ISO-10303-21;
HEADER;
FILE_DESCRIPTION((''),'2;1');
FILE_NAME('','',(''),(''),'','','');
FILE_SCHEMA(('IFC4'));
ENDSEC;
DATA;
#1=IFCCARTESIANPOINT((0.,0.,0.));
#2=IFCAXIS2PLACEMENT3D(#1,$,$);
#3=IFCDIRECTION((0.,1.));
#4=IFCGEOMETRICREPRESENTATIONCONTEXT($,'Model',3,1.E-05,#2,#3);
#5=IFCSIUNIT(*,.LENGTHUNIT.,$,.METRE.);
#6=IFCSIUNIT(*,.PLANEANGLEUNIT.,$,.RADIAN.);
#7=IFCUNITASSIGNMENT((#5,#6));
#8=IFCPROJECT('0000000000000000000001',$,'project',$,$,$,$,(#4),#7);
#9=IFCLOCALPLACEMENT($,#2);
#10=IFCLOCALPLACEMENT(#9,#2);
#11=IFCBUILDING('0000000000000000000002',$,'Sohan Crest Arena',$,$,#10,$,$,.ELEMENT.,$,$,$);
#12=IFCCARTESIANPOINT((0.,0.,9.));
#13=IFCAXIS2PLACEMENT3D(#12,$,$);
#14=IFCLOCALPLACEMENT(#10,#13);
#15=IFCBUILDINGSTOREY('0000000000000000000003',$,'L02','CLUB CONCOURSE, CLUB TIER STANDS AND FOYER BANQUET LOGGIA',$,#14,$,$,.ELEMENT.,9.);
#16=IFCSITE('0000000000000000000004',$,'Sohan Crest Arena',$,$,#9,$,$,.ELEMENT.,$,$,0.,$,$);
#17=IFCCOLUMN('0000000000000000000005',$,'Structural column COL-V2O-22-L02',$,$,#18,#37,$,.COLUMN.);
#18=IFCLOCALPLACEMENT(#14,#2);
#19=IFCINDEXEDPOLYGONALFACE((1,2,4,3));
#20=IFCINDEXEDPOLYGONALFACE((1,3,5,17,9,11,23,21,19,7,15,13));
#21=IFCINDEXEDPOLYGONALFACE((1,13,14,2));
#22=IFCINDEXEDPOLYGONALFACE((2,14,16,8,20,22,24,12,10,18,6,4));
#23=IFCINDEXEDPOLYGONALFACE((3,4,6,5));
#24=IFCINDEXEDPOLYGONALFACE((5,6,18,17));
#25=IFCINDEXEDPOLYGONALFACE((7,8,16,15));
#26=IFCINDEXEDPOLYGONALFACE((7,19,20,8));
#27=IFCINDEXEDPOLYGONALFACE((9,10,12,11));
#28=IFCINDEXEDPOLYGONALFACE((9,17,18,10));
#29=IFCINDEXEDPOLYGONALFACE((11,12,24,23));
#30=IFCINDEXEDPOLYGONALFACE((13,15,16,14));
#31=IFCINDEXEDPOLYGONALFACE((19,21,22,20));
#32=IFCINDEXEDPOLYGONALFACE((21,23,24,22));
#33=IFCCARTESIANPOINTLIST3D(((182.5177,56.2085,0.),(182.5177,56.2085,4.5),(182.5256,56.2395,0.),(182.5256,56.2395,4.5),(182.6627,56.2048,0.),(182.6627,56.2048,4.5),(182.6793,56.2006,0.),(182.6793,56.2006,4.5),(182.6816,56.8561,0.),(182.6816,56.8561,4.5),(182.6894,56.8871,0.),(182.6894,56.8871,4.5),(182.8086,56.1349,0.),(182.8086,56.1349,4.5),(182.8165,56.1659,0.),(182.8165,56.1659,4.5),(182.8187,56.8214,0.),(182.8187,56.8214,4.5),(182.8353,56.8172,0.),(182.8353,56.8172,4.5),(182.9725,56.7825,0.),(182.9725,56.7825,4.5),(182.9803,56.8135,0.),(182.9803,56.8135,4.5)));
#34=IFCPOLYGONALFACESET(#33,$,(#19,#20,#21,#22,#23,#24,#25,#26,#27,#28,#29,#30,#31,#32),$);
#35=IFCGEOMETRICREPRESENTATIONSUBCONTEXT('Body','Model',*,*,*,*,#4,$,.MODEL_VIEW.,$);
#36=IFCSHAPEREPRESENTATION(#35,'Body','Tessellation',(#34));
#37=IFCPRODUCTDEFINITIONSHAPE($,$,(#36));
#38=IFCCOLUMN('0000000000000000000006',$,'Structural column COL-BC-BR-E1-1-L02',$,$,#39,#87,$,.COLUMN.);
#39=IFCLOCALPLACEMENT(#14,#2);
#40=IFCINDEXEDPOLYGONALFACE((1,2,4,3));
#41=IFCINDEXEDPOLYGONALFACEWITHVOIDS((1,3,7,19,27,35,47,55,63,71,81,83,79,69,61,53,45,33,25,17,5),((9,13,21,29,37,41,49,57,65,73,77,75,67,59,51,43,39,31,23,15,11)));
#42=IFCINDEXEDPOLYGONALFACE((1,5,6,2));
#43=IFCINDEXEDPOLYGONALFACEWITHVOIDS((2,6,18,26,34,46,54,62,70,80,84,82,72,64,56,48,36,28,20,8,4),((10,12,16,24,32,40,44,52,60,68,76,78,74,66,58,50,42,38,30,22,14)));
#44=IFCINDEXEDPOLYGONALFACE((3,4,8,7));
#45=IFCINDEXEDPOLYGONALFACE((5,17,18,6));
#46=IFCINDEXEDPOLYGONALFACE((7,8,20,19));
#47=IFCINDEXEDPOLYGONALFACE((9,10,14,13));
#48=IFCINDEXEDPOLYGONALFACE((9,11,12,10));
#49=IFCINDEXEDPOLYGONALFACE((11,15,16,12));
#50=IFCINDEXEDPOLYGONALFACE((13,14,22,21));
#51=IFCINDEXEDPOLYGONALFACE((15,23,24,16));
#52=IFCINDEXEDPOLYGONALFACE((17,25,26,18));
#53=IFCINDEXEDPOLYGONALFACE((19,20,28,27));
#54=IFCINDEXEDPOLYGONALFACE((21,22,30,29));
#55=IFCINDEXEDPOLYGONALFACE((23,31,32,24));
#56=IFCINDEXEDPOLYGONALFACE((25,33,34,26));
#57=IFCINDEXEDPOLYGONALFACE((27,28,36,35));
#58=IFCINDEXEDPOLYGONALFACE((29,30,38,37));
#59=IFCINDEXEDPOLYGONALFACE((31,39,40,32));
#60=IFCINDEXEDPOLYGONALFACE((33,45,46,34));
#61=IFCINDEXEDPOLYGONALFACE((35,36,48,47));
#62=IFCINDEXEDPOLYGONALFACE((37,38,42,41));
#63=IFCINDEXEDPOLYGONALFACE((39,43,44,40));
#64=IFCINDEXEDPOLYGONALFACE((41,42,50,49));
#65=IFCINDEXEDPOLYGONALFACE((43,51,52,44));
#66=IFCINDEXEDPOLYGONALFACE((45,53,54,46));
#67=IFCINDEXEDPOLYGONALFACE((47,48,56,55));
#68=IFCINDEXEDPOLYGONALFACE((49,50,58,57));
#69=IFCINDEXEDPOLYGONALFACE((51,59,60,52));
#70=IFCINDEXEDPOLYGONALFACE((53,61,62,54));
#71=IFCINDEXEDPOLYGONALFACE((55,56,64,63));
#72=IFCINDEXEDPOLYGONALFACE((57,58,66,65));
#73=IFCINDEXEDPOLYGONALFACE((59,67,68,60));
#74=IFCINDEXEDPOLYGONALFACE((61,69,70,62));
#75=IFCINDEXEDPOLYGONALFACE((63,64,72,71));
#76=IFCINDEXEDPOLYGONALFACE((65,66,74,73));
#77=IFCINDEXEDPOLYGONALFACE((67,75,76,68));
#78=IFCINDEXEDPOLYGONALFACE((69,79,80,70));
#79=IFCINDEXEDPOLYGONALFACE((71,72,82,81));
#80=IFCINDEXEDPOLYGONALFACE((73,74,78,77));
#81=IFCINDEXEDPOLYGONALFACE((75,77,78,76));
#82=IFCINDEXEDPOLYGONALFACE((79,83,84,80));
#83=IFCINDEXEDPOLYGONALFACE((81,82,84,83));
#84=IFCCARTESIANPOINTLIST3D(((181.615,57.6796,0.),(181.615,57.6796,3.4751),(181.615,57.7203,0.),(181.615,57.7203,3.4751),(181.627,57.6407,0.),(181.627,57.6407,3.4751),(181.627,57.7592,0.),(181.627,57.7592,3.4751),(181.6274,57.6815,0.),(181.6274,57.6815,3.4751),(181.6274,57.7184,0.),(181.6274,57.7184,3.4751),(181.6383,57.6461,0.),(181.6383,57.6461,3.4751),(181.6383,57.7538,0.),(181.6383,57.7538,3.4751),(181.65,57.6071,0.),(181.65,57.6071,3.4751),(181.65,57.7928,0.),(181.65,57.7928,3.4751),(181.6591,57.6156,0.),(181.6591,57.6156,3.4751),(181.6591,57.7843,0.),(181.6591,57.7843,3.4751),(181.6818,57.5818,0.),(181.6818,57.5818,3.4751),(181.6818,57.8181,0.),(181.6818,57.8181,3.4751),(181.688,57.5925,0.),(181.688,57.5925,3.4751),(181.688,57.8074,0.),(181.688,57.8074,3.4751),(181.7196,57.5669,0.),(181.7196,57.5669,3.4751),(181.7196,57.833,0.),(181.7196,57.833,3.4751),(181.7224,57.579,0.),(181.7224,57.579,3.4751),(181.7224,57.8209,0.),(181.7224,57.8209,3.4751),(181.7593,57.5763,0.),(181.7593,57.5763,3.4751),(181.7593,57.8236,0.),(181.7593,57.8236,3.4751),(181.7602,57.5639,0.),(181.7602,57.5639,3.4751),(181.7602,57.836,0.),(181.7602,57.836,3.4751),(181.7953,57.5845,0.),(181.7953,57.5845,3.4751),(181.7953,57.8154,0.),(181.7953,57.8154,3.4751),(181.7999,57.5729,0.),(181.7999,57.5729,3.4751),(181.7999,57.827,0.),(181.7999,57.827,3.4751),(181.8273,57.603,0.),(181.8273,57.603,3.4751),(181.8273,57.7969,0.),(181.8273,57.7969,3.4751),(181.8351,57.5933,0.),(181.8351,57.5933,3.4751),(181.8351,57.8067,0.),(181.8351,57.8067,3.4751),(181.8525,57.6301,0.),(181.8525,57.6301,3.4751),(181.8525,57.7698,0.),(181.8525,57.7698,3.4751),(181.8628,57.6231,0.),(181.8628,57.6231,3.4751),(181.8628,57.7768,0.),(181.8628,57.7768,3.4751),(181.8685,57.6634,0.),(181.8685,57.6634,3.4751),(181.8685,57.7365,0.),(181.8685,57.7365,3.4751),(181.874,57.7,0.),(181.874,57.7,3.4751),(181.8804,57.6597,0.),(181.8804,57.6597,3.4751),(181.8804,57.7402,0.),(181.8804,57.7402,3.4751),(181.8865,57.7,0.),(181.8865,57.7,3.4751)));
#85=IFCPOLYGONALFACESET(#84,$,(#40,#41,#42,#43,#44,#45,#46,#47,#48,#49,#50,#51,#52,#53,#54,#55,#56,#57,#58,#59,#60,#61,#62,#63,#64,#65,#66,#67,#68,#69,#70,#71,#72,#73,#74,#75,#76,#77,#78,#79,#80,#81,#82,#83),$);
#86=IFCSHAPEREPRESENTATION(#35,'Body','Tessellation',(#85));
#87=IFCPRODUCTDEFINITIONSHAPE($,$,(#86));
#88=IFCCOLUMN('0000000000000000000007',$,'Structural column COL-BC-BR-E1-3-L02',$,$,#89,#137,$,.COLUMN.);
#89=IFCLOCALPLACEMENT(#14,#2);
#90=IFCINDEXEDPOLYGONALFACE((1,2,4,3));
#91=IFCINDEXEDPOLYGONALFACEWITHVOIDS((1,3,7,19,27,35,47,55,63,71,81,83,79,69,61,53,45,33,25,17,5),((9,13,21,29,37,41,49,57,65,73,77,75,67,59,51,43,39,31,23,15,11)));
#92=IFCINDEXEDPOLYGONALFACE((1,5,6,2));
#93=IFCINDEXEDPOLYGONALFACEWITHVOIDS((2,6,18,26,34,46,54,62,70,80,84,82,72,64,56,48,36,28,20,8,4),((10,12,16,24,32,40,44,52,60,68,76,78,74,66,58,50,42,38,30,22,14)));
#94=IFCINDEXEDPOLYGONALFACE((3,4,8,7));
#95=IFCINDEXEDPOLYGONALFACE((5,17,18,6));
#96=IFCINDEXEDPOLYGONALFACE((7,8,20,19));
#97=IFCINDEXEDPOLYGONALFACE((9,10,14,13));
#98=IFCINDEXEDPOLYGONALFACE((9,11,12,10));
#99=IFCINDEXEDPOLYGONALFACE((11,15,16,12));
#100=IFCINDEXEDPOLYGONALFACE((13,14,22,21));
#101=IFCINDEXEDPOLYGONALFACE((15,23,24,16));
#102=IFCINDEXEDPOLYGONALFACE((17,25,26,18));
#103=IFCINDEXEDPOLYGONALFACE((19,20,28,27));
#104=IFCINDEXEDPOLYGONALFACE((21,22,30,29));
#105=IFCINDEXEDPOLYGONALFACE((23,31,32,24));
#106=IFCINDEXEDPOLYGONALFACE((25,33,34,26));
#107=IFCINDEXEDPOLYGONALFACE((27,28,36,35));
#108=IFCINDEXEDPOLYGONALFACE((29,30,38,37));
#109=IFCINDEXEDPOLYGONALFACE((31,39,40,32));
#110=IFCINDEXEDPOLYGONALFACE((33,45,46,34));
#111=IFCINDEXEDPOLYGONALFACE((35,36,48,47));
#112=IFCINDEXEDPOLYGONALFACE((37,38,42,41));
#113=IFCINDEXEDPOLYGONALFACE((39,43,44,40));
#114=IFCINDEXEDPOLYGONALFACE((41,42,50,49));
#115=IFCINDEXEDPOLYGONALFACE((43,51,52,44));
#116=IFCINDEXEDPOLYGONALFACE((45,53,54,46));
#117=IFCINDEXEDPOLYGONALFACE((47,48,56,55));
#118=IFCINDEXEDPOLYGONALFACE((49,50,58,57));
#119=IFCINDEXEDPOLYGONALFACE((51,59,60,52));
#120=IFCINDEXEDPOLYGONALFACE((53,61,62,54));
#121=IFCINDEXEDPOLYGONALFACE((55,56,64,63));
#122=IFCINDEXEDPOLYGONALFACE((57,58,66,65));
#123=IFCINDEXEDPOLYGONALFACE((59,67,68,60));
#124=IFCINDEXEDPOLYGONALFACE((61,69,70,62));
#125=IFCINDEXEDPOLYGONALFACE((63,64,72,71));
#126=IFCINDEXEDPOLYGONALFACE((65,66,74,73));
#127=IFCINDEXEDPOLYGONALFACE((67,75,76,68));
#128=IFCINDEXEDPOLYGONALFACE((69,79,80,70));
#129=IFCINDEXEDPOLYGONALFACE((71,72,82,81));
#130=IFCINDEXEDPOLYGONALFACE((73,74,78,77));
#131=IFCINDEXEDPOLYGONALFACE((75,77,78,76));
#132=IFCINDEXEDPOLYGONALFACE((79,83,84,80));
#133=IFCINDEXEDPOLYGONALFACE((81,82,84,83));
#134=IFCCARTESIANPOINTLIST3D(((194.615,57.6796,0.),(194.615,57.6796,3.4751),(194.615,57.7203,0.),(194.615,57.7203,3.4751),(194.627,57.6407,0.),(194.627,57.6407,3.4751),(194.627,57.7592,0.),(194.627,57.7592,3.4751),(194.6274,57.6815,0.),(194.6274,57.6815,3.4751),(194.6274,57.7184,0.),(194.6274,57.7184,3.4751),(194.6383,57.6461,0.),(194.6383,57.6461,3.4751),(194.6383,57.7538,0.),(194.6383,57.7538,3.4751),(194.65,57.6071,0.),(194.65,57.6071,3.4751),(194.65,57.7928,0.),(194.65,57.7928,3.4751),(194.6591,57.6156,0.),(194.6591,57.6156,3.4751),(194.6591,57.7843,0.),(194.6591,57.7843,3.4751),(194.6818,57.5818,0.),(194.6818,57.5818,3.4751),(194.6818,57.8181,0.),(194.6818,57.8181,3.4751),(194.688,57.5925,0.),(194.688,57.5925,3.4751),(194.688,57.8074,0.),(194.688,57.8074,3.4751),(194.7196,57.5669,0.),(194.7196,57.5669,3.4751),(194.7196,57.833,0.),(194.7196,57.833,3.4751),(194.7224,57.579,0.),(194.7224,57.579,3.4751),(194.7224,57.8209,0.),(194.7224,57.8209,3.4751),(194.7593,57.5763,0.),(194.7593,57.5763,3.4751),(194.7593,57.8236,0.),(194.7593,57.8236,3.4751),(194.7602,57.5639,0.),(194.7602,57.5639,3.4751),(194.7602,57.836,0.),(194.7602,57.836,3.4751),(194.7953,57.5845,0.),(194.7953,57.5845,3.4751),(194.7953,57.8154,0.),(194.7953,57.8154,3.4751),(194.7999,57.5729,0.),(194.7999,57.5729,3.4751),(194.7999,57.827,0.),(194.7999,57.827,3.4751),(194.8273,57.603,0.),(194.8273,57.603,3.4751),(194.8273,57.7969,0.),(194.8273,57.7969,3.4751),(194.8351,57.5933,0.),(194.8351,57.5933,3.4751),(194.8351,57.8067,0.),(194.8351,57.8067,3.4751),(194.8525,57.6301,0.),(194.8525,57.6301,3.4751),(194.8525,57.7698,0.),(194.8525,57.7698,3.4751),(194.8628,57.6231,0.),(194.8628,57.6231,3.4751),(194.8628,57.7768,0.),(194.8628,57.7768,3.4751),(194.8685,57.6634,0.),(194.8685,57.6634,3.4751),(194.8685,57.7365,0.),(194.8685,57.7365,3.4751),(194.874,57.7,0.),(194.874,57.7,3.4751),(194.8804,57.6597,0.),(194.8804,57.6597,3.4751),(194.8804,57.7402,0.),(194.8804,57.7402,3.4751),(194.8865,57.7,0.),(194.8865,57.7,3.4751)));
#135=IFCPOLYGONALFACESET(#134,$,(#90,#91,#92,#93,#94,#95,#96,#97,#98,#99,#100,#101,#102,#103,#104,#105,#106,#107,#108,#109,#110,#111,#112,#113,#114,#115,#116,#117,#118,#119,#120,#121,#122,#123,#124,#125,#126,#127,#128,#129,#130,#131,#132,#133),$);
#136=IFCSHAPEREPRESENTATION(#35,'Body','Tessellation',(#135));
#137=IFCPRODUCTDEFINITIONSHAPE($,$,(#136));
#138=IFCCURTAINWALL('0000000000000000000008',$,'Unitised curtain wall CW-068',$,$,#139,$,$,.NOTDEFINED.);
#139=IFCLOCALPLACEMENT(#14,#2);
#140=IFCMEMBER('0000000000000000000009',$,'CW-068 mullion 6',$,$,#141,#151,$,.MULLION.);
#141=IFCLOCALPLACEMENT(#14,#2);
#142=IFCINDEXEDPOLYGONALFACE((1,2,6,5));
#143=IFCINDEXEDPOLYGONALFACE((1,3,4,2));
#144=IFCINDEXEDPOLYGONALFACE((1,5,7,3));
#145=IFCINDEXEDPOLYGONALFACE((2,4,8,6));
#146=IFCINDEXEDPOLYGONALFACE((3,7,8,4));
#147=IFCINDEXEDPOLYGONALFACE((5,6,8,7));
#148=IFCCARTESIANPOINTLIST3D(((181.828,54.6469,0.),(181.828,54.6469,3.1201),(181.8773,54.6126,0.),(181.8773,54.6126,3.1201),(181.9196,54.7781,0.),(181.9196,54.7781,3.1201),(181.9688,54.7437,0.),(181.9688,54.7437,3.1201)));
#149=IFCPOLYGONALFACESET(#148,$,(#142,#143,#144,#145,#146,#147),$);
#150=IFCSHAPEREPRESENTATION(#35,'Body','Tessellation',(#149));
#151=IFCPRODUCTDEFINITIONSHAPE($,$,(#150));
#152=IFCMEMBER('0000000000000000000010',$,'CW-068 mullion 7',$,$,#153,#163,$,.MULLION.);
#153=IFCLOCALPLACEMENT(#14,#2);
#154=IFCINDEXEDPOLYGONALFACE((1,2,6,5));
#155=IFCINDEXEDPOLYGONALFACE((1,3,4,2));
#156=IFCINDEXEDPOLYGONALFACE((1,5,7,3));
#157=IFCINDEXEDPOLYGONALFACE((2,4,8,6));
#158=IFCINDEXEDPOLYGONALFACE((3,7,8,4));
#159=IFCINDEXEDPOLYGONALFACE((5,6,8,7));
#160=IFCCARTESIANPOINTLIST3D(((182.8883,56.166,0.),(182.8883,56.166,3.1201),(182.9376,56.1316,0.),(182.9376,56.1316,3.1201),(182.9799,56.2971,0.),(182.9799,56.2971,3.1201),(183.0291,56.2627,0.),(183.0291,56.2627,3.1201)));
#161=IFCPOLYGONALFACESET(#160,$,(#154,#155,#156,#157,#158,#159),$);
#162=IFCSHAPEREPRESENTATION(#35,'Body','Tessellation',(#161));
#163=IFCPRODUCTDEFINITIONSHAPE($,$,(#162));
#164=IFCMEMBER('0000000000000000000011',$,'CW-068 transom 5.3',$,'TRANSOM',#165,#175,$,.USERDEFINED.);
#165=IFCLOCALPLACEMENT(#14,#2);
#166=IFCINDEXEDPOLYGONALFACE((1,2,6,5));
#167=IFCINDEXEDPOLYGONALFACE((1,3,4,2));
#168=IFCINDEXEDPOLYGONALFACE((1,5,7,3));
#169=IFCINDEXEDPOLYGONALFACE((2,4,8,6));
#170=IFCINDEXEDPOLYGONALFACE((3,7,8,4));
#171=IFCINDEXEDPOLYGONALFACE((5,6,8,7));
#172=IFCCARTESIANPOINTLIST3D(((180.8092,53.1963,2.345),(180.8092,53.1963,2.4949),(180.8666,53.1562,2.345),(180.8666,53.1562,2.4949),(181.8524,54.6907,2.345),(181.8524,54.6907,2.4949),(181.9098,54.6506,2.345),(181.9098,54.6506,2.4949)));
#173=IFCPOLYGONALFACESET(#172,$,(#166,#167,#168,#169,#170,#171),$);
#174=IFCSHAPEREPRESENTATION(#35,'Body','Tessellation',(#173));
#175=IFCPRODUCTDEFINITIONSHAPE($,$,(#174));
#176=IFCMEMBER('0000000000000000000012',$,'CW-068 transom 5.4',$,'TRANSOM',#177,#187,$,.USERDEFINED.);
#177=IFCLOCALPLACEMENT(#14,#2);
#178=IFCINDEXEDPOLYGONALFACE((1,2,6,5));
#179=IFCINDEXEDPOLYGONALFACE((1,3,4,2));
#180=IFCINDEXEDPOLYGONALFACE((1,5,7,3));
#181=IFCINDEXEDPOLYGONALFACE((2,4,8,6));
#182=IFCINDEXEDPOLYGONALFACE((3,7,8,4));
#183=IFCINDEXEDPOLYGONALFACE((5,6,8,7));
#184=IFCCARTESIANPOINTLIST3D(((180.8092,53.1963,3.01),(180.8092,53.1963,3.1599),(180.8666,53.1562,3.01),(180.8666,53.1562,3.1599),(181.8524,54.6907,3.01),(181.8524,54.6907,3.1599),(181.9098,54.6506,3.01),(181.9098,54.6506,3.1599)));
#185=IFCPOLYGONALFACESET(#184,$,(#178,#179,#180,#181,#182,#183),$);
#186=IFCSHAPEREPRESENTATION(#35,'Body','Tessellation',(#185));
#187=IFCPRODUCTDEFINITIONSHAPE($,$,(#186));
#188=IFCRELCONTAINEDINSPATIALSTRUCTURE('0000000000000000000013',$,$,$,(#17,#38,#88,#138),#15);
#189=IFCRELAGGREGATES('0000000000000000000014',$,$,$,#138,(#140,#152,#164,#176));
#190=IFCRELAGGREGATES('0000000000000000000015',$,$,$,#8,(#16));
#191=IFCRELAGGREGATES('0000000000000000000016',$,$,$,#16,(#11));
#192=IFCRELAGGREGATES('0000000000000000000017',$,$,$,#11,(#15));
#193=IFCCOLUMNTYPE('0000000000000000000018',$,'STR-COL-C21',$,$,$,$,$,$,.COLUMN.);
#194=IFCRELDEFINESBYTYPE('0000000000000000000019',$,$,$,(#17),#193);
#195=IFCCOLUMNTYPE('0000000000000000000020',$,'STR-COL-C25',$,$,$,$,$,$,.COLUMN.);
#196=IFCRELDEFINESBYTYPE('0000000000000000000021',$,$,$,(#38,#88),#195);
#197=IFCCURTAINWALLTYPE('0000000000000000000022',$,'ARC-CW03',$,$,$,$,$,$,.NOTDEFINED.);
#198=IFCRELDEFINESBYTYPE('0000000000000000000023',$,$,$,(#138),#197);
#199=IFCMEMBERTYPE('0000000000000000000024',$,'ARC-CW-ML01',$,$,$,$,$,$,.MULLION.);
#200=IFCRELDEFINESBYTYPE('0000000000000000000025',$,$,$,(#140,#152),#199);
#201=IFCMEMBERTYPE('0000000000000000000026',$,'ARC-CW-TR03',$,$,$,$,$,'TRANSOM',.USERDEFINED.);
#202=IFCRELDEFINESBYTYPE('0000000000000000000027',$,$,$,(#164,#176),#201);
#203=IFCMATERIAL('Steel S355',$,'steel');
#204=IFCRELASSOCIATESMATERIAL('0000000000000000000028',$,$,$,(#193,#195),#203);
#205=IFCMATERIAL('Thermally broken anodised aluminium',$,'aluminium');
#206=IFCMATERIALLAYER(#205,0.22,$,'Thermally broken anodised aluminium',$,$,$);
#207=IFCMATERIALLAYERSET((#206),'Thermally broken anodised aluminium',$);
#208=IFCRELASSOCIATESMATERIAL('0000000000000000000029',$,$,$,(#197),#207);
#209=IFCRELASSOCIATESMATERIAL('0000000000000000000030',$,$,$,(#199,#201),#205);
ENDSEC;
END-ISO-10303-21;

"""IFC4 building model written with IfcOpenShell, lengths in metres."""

from ifc_helpers import new_model, si_unit, direction, frame, origin, origin_2d, place, context, subcontext, project, spatial, rectangle, hollow_circle, i_section, extrude, material, layer, layer_set, material_profile, profile_set, type_object, element, aggregate, save


model = new_model("IFC4")

# Units and contexts
model_context = context("Model", 3, precision=1e-05, world=origin(), true_north=direction((0.0, 1.0)))
body_context = subcontext(model_context, "Body", "Model", "MODEL_VIEW")
ifc_project = project(units=[si_unit("LENGTHUNIT", "METRE"), si_unit("PLANEANGLEUNIT", "RADIAN")], contexts=[model_context])

# Site, building, storey
site_placement = place(None, origin())
site = spatial("IfcSite", under=ifc_project, at=site_placement, Name="Sohan Crest Arena", CompositionType="ELEMENT", RefElevation=0.0)
building_placement = place(site_placement, origin())
building = spatial("IfcBuilding", under=site, at=building_placement, Name="Sohan Crest Arena", CompositionType="ELEMENT")
storey_placement = place(building_placement, frame((0.0, 0.0, 9.0)))
storey = spatial("IfcBuildingStorey", under=building, at=storey_placement, Name="L02", Description="CLUB CONCOURSE, CLUB TIER STANDS AND FOYER BANQUET LOGGIA", CompositionType="ELEMENT", Elevation=9.0)

# Columns
ifc_material_1 = material(Name="Steel S355", Category="steel")
ifc_material_profile_1 = material_profile(ifc_material_1, i_section(OverallWidth=0.3, OverallDepth=0.7, WebThickness=0.0171, FlangeThickness=0.032, at=origin_2d()), Name="HEB 700")
ifc_profile_set_1 = profile_set([ifc_material_profile_1], Name="Steel S355")
column_type_1 = type_object("IfcColumnType", Name="STR-COL-C21", PredefinedType="COLUMN", material=ifc_profile_set_1)
column_placement = place(storey_placement, frame((182.749, 56.511, 0.0), z_axis=(0.0, 0.0, 1.0), x_axis=(-0.969445, 0.245307, 0.0)))
element("IfcColumn", 1, at=column_placement, inside=storey, type_object=column_type_1, Name="Structural column COL-V2O-22-L02", PredefinedType="COLUMN", context=body_context, shape_type="SweptSolid", body=[
    extrude(i_section(OverallWidth=0.3, OverallDepth=0.7, WebThickness=0.0171, FlangeThickness=0.032, at=origin_2d()), origin(), (0.0, 0.0, 1.0), 4.5),
])
ifc_material_profile_2 = material_profile(ifc_material_1, hollow_circle(Radius=0.1365, WallThickness=0.0125, at=origin_2d()), Name="CHS 273x12.5")
ifc_profile_set_2 = profile_set([ifc_material_profile_2], Name="Steel S355")
column_type_2 = type_object("IfcColumnType", Name="STR-COL-C25", PredefinedType="COLUMN", material=ifc_profile_set_2)
for number, where, z_axis, x_axis, name in (
    (2, (181.75, 57.7, 0.0), (0.0, 0.0, 1.0), (1.0, 0.0, 0.0), "Structural column COL-BC-BR-E1-1-L02"),
    (3, (194.75, 57.7, 0.0), (0.0, 0.0, 1.0), (1.0, 0.0, 0.0), "Structural column COL-BC-BR-E1-3-L02"),
):
    element("IfcColumn", number, at=place(storey_placement, frame(where, z_axis=z_axis, x_axis=x_axis)), inside=storey, type_object=column_type_2, Name=name, PredefinedType="COLUMN", context=body_context, shape_type="SweptSolid", body=[
        extrude(hollow_circle(Radius=0.1365, WallThickness=0.0125, at=origin_2d()), origin(), (0.0, 0.0, 1.0), 3.4751),
    ])

# Curtain wall, members
ifc_material_2 = material(Name="Thermally broken anodised aluminium", Category="aluminium")
ifc_layer_1 = layer(ifc_material_2, 0.22, Name="Thermally broken anodised aluminium")
ifc_layer_set_1 = layer_set([ifc_layer_1], Name="Thermally broken anodised aluminium")
curtain_wall_type = type_object("IfcCurtainWallType", Name="ARC-CW03", PredefinedType="NOTDEFINED", material=ifc_layer_set_1)
curtain_wall_placement = place(storey_placement, origin())
curtain_wall = element("IfcCurtainWall", 4, at=curtain_wall_placement, inside=storey, type_object=curtain_wall_type, Name="Unitised curtain wall CW-068", PredefinedType="NOTDEFINED")
ifc_material_profile_3 = material_profile(ifc_material_2, rectangle(XDim=0.0601, YDim=0.1599, at=origin_2d()), Name="ALU-MULL 60x160")
ifc_profile_set_3 = profile_set([ifc_material_profile_3], Name="Thermally broken anodised aluminium")
member_type_1 = type_object("IfcMemberType", Name="ARC-CW-ML01", PredefinedType="MULLION", material=ifc_profile_set_3)
member_1_placement = place(storey_placement, frame((181.8984, 54.6953, 0.0), z_axis=(0.0, 0.0, 1.0), x_axis=(-0.819955, 0.572428, 0.0)))
member_1 = element("IfcMember", 5, at=member_1_placement, type_object=member_type_1, Name="CW-068 mullion 6", PredefinedType="MULLION", context=body_context, shape_type="SweptSolid", body=[
    extrude(rectangle(XDim=0.0601, YDim=0.1599, at=origin_2d()), origin(), (0.0, 0.0, 1.0), 3.1201),
])
member_2_placement = place(storey_placement, frame((182.9587, 56.2144, 0.0), z_axis=(0.0, 0.0, 1.0), x_axis=(-0.819955, 0.572428, 0.0)))
member_2 = element("IfcMember", 6, at=member_2_placement, type_object=member_type_1, Name="CW-068 mullion 7", PredefinedType="MULLION", context=body_context, shape_type="SweptSolid", body=[
    extrude(rectangle(XDim=0.0601, YDim=0.1599, at=origin_2d()), origin(), (0.0, 0.0, 1.0), 3.1201),
])
ifc_material_profile_4 = material_profile(ifc_material_2, rectangle(XDim=0.0701, YDim=0.1499, at=origin_2d()), Name="ALU-TRAN 70x150")
ifc_profile_set_4 = profile_set([ifc_material_profile_4], Name="Thermally broken anodised aluminium")
member_type_2 = type_object("IfcMemberType", Name="ARC-CW-TR03", ElementType="TRANSOM", PredefinedType="USERDEFINED", material=ifc_profile_set_4)
member_3_placement = place(storey_placement, frame((180.8379, 53.1763, 2.4199), z_axis=(0.57241, 0.819968, 0.0), x_axis=(-0.819968, 0.57241, 0.0)))
member_3 = element("IfcMember", 7, at=member_3_placement, type_object=member_type_2, Name="CW-068 transom 5.3", ObjectType="TRANSOM", PredefinedType="USERDEFINED", context=body_context, shape_type="SweptSolid", body=[
    extrude(rectangle(XDim=0.0701, YDim=0.1499, at=origin_2d()), origin(), (0.0, 0.0, 1.0), 1.8225),
])
member_4_placement = place(storey_placement, frame((180.8379, 53.1763, 3.085), z_axis=(0.57241, 0.819968, 0.0), x_axis=(-0.819968, 0.57241, 0.0)))
member_4 = element("IfcMember", 8, at=member_4_placement, type_object=member_type_2, Name="CW-068 transom 5.4", ObjectType="TRANSOM", PredefinedType="USERDEFINED", context=body_context, shape_type="SweptSolid", body=[
    extrude(rectangle(XDim=0.0701, YDim=0.1499, at=origin_2d()), origin(), (0.0, 0.0, 1.0), 1.8225),
])

aggregate(curtain_wall, [member_1, member_2, member_3, member_4])

save(model, "model.ifc")
